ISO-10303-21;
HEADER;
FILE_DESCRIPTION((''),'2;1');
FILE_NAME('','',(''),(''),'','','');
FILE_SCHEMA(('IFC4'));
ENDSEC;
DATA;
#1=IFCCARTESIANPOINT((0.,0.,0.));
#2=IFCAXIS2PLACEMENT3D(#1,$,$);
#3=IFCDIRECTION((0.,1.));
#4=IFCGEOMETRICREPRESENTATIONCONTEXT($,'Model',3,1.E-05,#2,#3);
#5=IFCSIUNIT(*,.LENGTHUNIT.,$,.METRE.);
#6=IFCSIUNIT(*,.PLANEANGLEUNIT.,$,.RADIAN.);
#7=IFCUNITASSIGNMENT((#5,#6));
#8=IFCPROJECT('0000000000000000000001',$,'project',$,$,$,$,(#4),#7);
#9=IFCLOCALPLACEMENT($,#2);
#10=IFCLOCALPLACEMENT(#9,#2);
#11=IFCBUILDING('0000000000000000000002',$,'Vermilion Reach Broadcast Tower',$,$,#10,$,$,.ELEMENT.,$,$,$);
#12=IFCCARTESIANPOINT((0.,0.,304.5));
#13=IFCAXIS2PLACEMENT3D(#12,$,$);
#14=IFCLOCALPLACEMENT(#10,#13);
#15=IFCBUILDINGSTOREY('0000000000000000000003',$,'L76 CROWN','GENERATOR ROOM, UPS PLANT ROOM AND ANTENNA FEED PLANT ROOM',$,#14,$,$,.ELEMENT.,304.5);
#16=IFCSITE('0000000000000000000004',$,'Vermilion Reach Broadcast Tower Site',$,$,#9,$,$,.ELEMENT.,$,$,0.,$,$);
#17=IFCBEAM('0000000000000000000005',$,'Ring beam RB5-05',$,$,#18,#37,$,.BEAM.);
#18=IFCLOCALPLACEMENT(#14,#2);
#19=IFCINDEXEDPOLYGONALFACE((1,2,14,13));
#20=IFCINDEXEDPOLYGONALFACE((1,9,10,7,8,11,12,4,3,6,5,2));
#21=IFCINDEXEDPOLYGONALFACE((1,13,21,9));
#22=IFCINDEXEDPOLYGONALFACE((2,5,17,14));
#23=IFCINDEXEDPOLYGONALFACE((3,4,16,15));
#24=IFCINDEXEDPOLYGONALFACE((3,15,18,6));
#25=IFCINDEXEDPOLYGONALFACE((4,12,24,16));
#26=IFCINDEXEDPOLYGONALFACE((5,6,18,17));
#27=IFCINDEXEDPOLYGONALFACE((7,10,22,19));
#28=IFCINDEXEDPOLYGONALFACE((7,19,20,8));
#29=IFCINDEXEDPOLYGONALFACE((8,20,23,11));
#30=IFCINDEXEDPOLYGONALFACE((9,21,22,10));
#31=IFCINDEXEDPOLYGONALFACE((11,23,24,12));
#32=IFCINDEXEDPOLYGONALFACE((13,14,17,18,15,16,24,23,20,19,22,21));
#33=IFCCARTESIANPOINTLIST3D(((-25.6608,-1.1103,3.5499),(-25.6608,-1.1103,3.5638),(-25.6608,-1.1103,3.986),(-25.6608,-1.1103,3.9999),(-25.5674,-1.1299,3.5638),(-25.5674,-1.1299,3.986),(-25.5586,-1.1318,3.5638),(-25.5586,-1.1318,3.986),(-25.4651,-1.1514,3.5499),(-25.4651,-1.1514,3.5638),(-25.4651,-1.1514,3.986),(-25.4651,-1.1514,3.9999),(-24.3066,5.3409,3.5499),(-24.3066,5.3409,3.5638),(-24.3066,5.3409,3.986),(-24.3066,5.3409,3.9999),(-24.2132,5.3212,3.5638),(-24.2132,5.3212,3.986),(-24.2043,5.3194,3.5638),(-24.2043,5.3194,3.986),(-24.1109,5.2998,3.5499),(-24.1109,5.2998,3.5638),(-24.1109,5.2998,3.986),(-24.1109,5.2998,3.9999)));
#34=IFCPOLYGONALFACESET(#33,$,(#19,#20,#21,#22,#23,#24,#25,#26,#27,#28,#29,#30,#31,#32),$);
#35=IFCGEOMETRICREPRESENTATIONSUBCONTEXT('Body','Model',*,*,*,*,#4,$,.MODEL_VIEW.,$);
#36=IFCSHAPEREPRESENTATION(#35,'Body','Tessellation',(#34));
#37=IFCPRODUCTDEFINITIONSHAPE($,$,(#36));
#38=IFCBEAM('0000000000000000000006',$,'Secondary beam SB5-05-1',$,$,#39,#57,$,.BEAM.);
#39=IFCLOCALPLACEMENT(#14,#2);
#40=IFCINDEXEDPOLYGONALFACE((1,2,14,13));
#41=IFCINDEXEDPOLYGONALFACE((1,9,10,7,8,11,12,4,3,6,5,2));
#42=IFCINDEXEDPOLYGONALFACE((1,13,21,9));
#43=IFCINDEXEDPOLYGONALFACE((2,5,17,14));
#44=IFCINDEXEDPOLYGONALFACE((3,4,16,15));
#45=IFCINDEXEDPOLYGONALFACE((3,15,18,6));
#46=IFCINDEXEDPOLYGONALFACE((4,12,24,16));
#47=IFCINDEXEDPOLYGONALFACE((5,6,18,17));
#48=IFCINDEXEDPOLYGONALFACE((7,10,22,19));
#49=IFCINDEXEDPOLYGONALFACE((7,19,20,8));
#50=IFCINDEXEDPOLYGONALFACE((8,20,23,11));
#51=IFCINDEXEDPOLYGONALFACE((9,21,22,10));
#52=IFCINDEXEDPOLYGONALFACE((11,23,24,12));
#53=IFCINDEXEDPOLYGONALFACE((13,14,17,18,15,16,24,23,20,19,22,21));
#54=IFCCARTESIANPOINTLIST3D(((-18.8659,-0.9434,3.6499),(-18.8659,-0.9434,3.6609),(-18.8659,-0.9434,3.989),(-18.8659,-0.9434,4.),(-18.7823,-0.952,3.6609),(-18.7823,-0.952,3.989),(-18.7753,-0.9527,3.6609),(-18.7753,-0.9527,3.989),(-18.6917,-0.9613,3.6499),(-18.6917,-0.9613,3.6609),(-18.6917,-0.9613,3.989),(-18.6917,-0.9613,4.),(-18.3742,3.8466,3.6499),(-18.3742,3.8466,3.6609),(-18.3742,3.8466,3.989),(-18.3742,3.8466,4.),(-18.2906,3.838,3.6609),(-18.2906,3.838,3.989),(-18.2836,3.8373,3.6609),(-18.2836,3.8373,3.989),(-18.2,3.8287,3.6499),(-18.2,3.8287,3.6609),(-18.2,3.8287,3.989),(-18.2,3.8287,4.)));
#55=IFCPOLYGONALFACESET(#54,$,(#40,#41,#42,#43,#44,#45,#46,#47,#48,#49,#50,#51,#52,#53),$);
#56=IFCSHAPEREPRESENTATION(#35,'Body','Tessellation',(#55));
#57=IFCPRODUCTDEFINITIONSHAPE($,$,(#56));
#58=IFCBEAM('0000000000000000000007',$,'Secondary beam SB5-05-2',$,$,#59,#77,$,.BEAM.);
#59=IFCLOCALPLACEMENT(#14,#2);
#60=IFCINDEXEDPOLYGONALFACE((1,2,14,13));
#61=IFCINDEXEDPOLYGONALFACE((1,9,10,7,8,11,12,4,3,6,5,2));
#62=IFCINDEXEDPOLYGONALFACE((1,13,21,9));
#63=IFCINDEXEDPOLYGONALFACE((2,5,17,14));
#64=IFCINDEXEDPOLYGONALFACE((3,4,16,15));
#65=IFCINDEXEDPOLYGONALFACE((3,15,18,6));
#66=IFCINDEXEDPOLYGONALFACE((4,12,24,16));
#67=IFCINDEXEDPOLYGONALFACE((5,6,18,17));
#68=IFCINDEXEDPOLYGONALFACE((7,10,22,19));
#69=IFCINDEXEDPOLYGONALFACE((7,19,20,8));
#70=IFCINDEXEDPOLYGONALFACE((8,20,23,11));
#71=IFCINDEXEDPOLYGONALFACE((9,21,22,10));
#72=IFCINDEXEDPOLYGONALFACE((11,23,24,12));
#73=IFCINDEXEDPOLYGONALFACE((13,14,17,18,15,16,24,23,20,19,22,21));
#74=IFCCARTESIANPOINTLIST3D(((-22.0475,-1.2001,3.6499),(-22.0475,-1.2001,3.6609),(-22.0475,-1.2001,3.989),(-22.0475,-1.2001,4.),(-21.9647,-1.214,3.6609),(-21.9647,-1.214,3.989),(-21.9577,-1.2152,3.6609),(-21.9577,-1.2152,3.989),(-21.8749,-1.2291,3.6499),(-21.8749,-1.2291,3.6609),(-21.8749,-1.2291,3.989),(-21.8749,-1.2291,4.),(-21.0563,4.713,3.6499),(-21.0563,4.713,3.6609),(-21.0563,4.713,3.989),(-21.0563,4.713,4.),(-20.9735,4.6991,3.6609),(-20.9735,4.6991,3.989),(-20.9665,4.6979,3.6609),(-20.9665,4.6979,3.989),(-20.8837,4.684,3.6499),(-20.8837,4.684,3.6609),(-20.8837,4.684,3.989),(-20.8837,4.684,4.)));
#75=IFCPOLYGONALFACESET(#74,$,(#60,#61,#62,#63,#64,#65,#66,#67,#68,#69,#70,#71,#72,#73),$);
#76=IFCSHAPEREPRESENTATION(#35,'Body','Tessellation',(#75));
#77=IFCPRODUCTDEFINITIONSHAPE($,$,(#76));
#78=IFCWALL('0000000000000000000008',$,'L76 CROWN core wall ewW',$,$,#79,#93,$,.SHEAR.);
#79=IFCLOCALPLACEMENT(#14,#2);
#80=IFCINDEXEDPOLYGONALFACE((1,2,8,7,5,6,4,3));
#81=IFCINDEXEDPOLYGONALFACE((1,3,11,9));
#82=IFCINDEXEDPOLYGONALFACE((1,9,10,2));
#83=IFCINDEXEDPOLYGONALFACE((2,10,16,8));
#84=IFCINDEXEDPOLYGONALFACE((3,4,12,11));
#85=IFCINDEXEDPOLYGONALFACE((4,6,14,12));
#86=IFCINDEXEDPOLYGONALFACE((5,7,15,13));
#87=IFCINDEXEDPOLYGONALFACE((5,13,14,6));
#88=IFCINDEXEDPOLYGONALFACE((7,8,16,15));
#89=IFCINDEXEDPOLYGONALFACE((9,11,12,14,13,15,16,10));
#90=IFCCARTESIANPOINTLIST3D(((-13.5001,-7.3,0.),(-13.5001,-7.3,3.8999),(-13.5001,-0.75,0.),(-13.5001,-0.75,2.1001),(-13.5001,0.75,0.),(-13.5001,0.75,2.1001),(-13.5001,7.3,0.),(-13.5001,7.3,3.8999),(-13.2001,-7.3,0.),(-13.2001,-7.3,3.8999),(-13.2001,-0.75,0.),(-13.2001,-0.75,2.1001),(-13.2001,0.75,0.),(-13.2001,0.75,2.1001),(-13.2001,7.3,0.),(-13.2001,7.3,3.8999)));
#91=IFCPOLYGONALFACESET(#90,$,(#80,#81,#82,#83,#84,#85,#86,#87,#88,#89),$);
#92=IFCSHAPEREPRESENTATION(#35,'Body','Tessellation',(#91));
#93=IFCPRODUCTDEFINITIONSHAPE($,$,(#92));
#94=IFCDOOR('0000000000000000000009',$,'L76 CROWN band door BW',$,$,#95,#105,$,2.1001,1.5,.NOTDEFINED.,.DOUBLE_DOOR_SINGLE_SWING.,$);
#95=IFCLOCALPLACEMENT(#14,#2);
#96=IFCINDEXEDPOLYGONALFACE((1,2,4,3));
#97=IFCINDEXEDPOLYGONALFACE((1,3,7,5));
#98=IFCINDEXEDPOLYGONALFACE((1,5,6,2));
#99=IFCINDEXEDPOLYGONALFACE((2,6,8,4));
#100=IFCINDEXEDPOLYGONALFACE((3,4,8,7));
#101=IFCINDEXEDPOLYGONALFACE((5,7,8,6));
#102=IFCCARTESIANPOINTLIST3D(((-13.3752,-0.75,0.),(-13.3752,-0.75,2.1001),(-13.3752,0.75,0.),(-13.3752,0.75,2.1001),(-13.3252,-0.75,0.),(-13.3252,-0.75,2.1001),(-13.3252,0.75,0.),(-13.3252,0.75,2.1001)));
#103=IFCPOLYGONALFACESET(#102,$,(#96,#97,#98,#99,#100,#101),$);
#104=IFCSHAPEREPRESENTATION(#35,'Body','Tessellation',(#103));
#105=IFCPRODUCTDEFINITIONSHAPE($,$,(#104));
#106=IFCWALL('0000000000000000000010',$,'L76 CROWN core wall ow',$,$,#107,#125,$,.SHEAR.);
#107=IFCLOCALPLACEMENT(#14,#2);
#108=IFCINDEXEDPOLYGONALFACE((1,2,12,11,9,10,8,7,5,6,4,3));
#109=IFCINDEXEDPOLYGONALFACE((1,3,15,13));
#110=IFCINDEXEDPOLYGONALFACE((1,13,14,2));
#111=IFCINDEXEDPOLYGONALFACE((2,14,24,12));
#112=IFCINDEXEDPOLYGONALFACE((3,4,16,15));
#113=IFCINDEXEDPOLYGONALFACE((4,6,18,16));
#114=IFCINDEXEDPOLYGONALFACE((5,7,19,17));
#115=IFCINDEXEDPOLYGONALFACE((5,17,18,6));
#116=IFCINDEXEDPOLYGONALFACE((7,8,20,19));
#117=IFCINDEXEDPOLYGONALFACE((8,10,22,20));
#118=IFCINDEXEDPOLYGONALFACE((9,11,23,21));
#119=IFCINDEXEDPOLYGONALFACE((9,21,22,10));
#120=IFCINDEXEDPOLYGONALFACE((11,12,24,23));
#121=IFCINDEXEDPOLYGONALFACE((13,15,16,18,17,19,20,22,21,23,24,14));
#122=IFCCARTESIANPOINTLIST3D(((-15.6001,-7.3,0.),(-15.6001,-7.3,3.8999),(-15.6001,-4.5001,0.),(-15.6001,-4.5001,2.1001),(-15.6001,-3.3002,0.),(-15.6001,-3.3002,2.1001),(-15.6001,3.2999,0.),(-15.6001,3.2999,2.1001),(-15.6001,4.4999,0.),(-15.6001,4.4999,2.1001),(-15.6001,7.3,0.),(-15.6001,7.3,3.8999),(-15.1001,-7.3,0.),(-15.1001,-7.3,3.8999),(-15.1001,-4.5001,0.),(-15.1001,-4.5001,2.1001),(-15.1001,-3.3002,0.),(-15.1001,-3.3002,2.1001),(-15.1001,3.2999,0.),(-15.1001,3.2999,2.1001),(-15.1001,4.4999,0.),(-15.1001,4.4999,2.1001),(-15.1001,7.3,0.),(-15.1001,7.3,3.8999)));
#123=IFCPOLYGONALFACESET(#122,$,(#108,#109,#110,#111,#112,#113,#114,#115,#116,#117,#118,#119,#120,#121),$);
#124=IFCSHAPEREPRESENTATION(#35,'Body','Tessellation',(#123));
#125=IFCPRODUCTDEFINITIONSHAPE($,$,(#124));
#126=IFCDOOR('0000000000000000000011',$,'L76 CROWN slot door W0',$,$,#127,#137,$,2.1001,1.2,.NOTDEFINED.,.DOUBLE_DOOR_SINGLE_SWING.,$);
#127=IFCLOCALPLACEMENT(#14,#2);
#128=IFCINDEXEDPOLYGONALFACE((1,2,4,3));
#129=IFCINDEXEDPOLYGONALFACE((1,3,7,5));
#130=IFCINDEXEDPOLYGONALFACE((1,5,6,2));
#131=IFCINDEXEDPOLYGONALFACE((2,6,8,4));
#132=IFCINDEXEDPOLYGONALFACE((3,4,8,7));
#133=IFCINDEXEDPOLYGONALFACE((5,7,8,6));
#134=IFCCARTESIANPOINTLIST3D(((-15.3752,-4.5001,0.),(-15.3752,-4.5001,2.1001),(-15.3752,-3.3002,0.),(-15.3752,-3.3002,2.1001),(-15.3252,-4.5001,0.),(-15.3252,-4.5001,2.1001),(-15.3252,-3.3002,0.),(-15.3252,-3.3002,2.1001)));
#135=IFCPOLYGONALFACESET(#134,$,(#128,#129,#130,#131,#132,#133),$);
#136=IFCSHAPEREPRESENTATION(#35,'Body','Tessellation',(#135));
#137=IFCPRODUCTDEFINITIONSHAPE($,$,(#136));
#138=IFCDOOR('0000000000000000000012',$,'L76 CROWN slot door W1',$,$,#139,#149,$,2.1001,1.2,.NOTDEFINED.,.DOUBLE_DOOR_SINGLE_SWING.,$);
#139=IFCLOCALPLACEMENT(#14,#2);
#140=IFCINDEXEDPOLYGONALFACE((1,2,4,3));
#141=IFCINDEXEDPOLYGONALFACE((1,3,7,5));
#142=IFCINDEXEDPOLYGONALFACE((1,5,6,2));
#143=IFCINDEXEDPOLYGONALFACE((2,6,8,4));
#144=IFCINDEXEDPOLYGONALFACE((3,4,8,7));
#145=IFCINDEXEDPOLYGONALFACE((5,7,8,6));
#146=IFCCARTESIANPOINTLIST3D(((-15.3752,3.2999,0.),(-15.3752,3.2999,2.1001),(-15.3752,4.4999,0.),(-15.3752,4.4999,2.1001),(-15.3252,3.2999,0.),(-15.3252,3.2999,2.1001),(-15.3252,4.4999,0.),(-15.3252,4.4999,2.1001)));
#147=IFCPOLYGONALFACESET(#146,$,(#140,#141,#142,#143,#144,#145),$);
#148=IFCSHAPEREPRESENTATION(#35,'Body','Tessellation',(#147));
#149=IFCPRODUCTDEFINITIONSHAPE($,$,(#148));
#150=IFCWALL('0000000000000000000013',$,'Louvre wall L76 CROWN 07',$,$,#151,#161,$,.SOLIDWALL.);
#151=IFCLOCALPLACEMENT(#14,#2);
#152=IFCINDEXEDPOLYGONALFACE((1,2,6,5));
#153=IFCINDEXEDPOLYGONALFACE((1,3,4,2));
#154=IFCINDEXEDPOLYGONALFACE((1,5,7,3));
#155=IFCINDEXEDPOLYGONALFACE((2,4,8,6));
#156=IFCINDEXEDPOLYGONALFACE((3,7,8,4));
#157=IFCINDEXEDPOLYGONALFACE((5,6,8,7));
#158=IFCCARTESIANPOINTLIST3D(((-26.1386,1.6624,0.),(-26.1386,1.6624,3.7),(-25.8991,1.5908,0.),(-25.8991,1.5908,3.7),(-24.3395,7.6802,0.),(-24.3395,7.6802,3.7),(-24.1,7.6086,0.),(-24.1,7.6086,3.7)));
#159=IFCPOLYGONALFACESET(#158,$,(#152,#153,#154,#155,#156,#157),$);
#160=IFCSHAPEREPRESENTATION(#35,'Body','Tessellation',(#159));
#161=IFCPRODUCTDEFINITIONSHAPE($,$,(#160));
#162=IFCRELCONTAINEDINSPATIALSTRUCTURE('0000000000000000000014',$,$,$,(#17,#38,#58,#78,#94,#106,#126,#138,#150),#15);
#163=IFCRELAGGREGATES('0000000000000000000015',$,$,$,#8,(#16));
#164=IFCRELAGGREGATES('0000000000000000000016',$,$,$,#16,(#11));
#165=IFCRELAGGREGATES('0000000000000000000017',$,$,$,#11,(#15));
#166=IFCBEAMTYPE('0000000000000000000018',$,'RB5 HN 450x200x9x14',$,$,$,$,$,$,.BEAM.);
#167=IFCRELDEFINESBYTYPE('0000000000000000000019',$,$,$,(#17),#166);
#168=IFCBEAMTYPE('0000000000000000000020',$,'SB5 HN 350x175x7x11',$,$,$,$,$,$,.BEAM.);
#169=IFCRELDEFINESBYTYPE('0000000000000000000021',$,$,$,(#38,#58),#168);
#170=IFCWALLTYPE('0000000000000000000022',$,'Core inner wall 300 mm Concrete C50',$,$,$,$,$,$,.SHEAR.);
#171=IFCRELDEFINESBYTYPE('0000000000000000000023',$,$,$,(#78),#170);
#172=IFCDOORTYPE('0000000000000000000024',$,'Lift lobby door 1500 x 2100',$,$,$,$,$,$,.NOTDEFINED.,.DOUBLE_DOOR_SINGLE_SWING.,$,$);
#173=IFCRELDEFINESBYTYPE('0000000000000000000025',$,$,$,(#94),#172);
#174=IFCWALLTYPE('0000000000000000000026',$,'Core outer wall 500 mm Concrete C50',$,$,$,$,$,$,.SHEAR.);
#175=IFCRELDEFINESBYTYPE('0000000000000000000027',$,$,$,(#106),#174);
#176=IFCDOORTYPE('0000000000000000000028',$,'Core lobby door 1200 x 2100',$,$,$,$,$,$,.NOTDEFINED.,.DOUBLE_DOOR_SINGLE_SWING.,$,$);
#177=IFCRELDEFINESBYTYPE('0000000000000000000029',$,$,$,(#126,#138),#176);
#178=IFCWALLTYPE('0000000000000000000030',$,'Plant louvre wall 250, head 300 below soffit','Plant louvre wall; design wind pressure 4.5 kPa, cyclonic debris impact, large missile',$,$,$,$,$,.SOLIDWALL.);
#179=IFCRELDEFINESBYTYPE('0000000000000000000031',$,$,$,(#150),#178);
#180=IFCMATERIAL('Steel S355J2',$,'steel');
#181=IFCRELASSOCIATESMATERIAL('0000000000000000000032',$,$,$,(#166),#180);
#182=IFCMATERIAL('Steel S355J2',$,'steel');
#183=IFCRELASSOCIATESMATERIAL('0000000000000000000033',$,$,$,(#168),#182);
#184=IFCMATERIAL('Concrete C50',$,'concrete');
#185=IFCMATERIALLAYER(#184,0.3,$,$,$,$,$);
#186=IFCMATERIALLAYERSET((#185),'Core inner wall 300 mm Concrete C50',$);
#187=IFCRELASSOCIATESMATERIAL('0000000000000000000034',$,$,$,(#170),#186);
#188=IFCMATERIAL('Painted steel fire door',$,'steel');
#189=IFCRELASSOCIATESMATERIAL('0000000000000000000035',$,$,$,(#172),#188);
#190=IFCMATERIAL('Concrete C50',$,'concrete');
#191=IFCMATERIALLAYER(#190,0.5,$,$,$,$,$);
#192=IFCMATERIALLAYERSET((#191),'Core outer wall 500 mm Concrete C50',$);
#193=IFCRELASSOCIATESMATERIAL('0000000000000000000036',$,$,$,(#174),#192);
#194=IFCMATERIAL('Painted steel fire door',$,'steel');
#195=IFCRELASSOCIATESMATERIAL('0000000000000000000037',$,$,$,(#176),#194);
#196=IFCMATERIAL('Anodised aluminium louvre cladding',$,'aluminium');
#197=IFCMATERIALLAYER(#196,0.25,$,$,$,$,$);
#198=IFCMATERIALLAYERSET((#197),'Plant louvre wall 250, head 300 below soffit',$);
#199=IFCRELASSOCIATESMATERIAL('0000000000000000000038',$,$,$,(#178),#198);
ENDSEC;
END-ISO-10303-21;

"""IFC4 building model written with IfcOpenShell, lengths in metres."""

from ifc_helpers import new_model, si_unit, direction, frame, frame_2d, origin, origin_2d, place, context, subcontext, project, spatial, rectangle, i_section, extrude, material, layer, layer_set, material_profile, profile_set, type_object, element, fill, save


model = new_model("IFC4")

# Units and contexts
model_context = context("Model", 3, precision=1e-05, world=origin(), true_north=direction((0.0, 1.0)))
body_context = subcontext(model_context, "Body", "Model", "MODEL_VIEW")
ifc_project = project(units=[si_unit("LENGTHUNIT", "METRE"), si_unit("PLANEANGLEUNIT", "RADIAN")], contexts=[model_context])

# Site, building, storey
site_placement = place(None, origin())
site = spatial("IfcSite", under=ifc_project, at=site_placement, Name="Vermilion Reach Broadcast Tower Site", CompositionType="ELEMENT", RefElevation=0.0)
building_placement = place(site_placement, origin())
building = spatial("IfcBuilding", under=site, at=building_placement, Name="Vermilion Reach Broadcast Tower", CompositionType="ELEMENT")
storey_placement = place(building_placement, frame((0.0, 0.0, 304.5)))
storey = spatial("IfcBuildingStorey", under=building, at=storey_placement, Name="L76 CROWN", Description="GENERATOR ROOM, UPS PLANT ROOM AND ANTENNA FEED PLANT ROOM", CompositionType="ELEMENT", Elevation=304.5)

# Beams
ifc_material_1 = material(Name="Steel S355J2", Category="steel")
ifc_material_profile_1 = material_profile(ifc_material_1, i_section(OverallWidth=0.2, OverallDepth=0.45, WebThickness=0.009, FlangeThickness=0.0139, at=origin_2d()), Name="S355J2 HN 450x200x9x14")
ifc_profile_set_1 = profile_set([ifc_material_profile_1], Name="Steel S355J2")
beam_type_1 = type_object("IfcBeamType", Name="RB5 HN 450x200x9x14", PredefinedType="BEAM", material=ifc_profile_set_1)
beam_1_placement = place(storey_placement, frame((-24.2087, 5.3203, 3.7749), z_axis=(-0.205445, -0.978669, 0.0), x_axis=(0.978669, -0.205445, 0.0)))
element("IfcBeam", 1, at=beam_1_placement, inside=storey, type_object=beam_type_1, Name="Ring beam RB5-05", PredefinedType="BEAM", context=body_context, shape_type="SweptSolid", body=[
    extrude(i_section(OverallWidth=0.2, OverallDepth=0.45, WebThickness=0.009, FlangeThickness=0.0139, at=origin_2d()), origin(), (0.0, 0.0, 1.0), 6.5918),
])
ifc_material_2 = material(Name="Steel S355J2", Category="steel")
ifc_material_profile_2 = material_profile(ifc_material_2, i_section(OverallWidth=0.175, OverallDepth=0.3501, WebThickness=0.0071, FlangeThickness=0.011, at=origin_2d()), Name="S355J2 HN 350x175x7x11")
ifc_profile_set_2 = profile_set([ifc_material_profile_2], Name="Steel S355J2")
beam_type_2 = type_object("IfcBeamType", Name="SB5 HN 350x175x7x11", PredefinedType="BEAM", material=ifc_profile_set_2)
beam_2_placement = place(storey_placement, frame((-18.2871, 3.8376, 3.825), z_axis=(-0.102114, -0.994773, 0.0), x_axis=(0.994773, -0.102114, 0.0)))
element("IfcBeam", 2, at=beam_2_placement, inside=storey, type_object=beam_type_2, Name="Secondary beam SB5-05-1", PredefinedType="BEAM", context=body_context, shape_type="SweptSolid", body=[
    extrude(i_section(OverallWidth=0.175, OverallDepth=0.3501, WebThickness=0.0071, FlangeThickness=0.011, at=origin_2d()), origin(), (0.0, 0.0, 1.0), 4.8152),
])
beam_3_placement = place(storey_placement, frame((-20.97, 4.6985, 3.825), z_axis=(-0.165323, -0.986239, 0.0), x_axis=(0.986239, -0.165323, 0.0)))
element("IfcBeam", 3, at=beam_3_placement, inside=storey, type_object=beam_type_2, Name="Secondary beam SB5-05-2", PredefinedType="BEAM", context=body_context, shape_type="SweptSolid", body=[
    extrude(i_section(OverallWidth=0.175, OverallDepth=0.3501, WebThickness=0.0071, FlangeThickness=0.011, at=origin_2d()), origin(), (0.0, 0.0, 1.0), 5.9956),
])

# Wall, opening, door
ifc_material_3 = material(Name="Concrete C50", Category="concrete")
ifc_layer_1 = layer(ifc_material_3, 0.3)
ifc_layer_set_1 = layer_set([ifc_layer_1], Name="Core inner wall 300 mm Concrete C50")
wall_type_1 = type_object("IfcWallType", Name="Core inner wall 300 mm Concrete C50", PredefinedType="SHEAR", material=ifc_layer_set_1)
wall_1_placement = place(storey_placement, frame((-13.3501, 7.3, 0.0), z_axis=(0.0, 0.0, 1.0), x_axis=(0.0, -1.0, 0.0)))
wall_1 = element("IfcWall", 4, at=wall_1_placement, inside=storey, type_object=wall_type_1, Name="L76 CROWN core wall ewW", PredefinedType="SHEAR", context=body_context, shape_type="SweptSolid", body=[
    extrude(rectangle(XDim=14.6001, YDim=0.3, at=frame_2d((7.3, 0.0))), origin(), (0.0, 0.0, 1.0), 3.8999),
])
opening_1_placement = place(wall_1_placement, frame((6.55, 0.0, 0.0)))
opening_1 = element("IfcOpeningElement", 5, at=opening_1_placement, cuts=wall_1, PredefinedType="OPENING", context=body_context, shape_type="SweptSolid", body=[
    extrude(rectangle(XDim=1.5, YDim=2.1001, at=frame_2d((0.75, 1.05))), frame((0.0, 0.1599, 0.0), z_axis=(0.0, -1.0, 0.0), x_axis=(1.0, 0.0, 0.0)), (0.0, 0.0, 1.0), 0.3201),
])
ifc_material_4 = material(Name="Painted steel fire door", Category="steel")
door_type_1 = type_object("IfcDoorType", Name="Lift lobby door 1500 x 2100", OperationType="DOUBLE_DOOR_SINGLE_SWING", PredefinedType="NOTDEFINED", material=ifc_material_4)
door_1_placement = place(opening_1_placement, origin())
door_1 = element("IfcDoor", 6, at=door_1_placement, inside=storey, type_object=door_type_1, Name="L76 CROWN band door BW", OperationType="DOUBLE_DOOR_SINGLE_SWING", OverallHeight=2.1001, OverallWidth=1.5, PredefinedType="NOTDEFINED", context=body_context, shape_type="SweptSolid", body=[
    extrude(rectangle(XDim=1.5, YDim=2.1001, at=frame_2d((0.75, 1.05))), frame((0.0, 0.0249, 0.0), z_axis=(0.0, -1.0, 0.0), x_axis=(1.0, 0.0, 0.0)), (0.0, 0.0, 1.0), 0.05),
])
fill(opening_1, door_1)

# Wall, openings, doors
ifc_material_5 = material(Name="Concrete C50", Category="concrete")
ifc_layer_2 = layer(ifc_material_5, 0.5)
ifc_layer_set_2 = layer_set([ifc_layer_2], Name="Core outer wall 500 mm Concrete C50")
wall_type_2 = type_object("IfcWallType", Name="Core outer wall 500 mm Concrete C50", PredefinedType="SHEAR", material=ifc_layer_set_2)
wall_2_placement = place(storey_placement, frame((-15.3501, 7.3, 0.0), z_axis=(0.0, 0.0, 1.0), x_axis=(0.0, -1.0, 0.0)))
wall_2 = element("IfcWall", 7, at=wall_2_placement, inside=storey, type_object=wall_type_2, Name="L76 CROWN core wall ow", PredefinedType="SHEAR", context=body_context, shape_type="SweptSolid", body=[
    extrude(rectangle(XDim=14.6001, YDim=0.5, at=frame_2d((7.3, 0.0))), origin(), (0.0, 0.0, 1.0), 3.8999),
])
opening_2_placement = place(wall_2_placement, frame((10.6001, 0.0, 0.0)))
opening_2 = element("IfcOpeningElement", 8, at=opening_2_placement, cuts=wall_2, PredefinedType="OPENING", context=body_context, shape_type="SweptSolid", body=[
    extrude(rectangle(XDim=1.2, YDim=2.1001, at=frame_2d((0.6001, 1.05))), frame((0.0, 0.26, 0.0), z_axis=(0.0, -1.0, 0.0), x_axis=(1.0, 0.0, 0.0)), (0.0, 0.0, 1.0), 0.52),
])
opening_3_placement = place(wall_2_placement, frame((2.8, 0.0, 0.0)))
opening_3 = element("IfcOpeningElement", 9, at=opening_3_placement, cuts=wall_2, PredefinedType="OPENING", context=body_context, shape_type="SweptSolid", body=[
    extrude(rectangle(XDim=1.2, YDim=2.1001, at=frame_2d((0.6001, 1.05))), frame((0.0, 0.26, 0.0), z_axis=(0.0, -1.0, 0.0), x_axis=(1.0, 0.0, 0.0)), (0.0, 0.0, 1.0), 0.52),
])
ifc_material_6 = material(Name="Painted steel fire door", Category="steel")
door_type_2 = type_object("IfcDoorType", Name="Core lobby door 1200 x 2100", OperationType="DOUBLE_DOOR_SINGLE_SWING", PredefinedType="NOTDEFINED", material=ifc_material_6)
door_2_placement = place(opening_2_placement, origin())
door_2 = element("IfcDoor", 10, at=door_2_placement, inside=storey, type_object=door_type_2, Name="L76 CROWN slot door W0", OperationType="DOUBLE_DOOR_SINGLE_SWING", OverallHeight=2.1001, OverallWidth=1.2, PredefinedType="NOTDEFINED", context=body_context, shape_type="SweptSolid", body=[
    extrude(rectangle(XDim=1.2, YDim=2.1001, at=frame_2d((0.6001, 1.05))), frame((0.0, 0.0249, 0.0), z_axis=(0.0, -1.0, 0.0), x_axis=(1.0, 0.0, 0.0)), (0.0, 0.0, 1.0), 0.05),
])
fill(opening_2, door_2)
door_3_placement = place(opening_3_placement, origin())
door_3 = element("IfcDoor", 11, at=door_3_placement, inside=storey, type_object=door_type_2, Name="L76 CROWN slot door W1", OperationType="DOUBLE_DOOR_SINGLE_SWING", OverallHeight=2.1001, OverallWidth=1.2, PredefinedType="NOTDEFINED", context=body_context, shape_type="SweptSolid", body=[
    extrude(rectangle(XDim=1.2, YDim=2.1001, at=frame_2d((0.6001, 1.05))), frame((0.0, 0.0249, 0.0), z_axis=(0.0, -1.0, 0.0), x_axis=(1.0, 0.0, 0.0)), (0.0, 0.0, 1.0), 0.05),
])
fill(opening_3, door_3)

# Wall
ifc_material_7 = material(Name="Anodised aluminium louvre cladding", Category="aluminium")
ifc_layer_3 = layer(ifc_material_7, 0.25)
ifc_layer_set_3 = layer_set([ifc_layer_3], Name="Plant louvre wall 250, head 300 below soffit")
wall_type_3 = type_object("IfcWallType", Name="Plant louvre wall 250, head 300 below soffit", Description="Plant louvre wall; design wind pressure 4.5 kPa, cyclonic debris impact, large missile", PredefinedType="SOLIDWALL", material=ifc_layer_set_3)
wall_3_placement = place(storey_placement, frame((-24.2197, 7.6445, 0.0), z_axis=(0.0, 0.0, 1.0), x_axis=(-0.286431, -0.958101, 0.0)))
element("IfcWall", 12, at=wall_3_placement, inside=storey, type_object=wall_type_3, Name="Louvre wall L76 CROWN 07", PredefinedType="SOLIDWALL", context=body_context, shape_type="SweptSolid", body=[
    extrude(rectangle(XDim=6.281, YDim=0.25, at=frame_2d((3.1406, 0.0))), origin(), (0.0, 0.0, 1.0), 3.7),
])

save(model, "model.ifc")
